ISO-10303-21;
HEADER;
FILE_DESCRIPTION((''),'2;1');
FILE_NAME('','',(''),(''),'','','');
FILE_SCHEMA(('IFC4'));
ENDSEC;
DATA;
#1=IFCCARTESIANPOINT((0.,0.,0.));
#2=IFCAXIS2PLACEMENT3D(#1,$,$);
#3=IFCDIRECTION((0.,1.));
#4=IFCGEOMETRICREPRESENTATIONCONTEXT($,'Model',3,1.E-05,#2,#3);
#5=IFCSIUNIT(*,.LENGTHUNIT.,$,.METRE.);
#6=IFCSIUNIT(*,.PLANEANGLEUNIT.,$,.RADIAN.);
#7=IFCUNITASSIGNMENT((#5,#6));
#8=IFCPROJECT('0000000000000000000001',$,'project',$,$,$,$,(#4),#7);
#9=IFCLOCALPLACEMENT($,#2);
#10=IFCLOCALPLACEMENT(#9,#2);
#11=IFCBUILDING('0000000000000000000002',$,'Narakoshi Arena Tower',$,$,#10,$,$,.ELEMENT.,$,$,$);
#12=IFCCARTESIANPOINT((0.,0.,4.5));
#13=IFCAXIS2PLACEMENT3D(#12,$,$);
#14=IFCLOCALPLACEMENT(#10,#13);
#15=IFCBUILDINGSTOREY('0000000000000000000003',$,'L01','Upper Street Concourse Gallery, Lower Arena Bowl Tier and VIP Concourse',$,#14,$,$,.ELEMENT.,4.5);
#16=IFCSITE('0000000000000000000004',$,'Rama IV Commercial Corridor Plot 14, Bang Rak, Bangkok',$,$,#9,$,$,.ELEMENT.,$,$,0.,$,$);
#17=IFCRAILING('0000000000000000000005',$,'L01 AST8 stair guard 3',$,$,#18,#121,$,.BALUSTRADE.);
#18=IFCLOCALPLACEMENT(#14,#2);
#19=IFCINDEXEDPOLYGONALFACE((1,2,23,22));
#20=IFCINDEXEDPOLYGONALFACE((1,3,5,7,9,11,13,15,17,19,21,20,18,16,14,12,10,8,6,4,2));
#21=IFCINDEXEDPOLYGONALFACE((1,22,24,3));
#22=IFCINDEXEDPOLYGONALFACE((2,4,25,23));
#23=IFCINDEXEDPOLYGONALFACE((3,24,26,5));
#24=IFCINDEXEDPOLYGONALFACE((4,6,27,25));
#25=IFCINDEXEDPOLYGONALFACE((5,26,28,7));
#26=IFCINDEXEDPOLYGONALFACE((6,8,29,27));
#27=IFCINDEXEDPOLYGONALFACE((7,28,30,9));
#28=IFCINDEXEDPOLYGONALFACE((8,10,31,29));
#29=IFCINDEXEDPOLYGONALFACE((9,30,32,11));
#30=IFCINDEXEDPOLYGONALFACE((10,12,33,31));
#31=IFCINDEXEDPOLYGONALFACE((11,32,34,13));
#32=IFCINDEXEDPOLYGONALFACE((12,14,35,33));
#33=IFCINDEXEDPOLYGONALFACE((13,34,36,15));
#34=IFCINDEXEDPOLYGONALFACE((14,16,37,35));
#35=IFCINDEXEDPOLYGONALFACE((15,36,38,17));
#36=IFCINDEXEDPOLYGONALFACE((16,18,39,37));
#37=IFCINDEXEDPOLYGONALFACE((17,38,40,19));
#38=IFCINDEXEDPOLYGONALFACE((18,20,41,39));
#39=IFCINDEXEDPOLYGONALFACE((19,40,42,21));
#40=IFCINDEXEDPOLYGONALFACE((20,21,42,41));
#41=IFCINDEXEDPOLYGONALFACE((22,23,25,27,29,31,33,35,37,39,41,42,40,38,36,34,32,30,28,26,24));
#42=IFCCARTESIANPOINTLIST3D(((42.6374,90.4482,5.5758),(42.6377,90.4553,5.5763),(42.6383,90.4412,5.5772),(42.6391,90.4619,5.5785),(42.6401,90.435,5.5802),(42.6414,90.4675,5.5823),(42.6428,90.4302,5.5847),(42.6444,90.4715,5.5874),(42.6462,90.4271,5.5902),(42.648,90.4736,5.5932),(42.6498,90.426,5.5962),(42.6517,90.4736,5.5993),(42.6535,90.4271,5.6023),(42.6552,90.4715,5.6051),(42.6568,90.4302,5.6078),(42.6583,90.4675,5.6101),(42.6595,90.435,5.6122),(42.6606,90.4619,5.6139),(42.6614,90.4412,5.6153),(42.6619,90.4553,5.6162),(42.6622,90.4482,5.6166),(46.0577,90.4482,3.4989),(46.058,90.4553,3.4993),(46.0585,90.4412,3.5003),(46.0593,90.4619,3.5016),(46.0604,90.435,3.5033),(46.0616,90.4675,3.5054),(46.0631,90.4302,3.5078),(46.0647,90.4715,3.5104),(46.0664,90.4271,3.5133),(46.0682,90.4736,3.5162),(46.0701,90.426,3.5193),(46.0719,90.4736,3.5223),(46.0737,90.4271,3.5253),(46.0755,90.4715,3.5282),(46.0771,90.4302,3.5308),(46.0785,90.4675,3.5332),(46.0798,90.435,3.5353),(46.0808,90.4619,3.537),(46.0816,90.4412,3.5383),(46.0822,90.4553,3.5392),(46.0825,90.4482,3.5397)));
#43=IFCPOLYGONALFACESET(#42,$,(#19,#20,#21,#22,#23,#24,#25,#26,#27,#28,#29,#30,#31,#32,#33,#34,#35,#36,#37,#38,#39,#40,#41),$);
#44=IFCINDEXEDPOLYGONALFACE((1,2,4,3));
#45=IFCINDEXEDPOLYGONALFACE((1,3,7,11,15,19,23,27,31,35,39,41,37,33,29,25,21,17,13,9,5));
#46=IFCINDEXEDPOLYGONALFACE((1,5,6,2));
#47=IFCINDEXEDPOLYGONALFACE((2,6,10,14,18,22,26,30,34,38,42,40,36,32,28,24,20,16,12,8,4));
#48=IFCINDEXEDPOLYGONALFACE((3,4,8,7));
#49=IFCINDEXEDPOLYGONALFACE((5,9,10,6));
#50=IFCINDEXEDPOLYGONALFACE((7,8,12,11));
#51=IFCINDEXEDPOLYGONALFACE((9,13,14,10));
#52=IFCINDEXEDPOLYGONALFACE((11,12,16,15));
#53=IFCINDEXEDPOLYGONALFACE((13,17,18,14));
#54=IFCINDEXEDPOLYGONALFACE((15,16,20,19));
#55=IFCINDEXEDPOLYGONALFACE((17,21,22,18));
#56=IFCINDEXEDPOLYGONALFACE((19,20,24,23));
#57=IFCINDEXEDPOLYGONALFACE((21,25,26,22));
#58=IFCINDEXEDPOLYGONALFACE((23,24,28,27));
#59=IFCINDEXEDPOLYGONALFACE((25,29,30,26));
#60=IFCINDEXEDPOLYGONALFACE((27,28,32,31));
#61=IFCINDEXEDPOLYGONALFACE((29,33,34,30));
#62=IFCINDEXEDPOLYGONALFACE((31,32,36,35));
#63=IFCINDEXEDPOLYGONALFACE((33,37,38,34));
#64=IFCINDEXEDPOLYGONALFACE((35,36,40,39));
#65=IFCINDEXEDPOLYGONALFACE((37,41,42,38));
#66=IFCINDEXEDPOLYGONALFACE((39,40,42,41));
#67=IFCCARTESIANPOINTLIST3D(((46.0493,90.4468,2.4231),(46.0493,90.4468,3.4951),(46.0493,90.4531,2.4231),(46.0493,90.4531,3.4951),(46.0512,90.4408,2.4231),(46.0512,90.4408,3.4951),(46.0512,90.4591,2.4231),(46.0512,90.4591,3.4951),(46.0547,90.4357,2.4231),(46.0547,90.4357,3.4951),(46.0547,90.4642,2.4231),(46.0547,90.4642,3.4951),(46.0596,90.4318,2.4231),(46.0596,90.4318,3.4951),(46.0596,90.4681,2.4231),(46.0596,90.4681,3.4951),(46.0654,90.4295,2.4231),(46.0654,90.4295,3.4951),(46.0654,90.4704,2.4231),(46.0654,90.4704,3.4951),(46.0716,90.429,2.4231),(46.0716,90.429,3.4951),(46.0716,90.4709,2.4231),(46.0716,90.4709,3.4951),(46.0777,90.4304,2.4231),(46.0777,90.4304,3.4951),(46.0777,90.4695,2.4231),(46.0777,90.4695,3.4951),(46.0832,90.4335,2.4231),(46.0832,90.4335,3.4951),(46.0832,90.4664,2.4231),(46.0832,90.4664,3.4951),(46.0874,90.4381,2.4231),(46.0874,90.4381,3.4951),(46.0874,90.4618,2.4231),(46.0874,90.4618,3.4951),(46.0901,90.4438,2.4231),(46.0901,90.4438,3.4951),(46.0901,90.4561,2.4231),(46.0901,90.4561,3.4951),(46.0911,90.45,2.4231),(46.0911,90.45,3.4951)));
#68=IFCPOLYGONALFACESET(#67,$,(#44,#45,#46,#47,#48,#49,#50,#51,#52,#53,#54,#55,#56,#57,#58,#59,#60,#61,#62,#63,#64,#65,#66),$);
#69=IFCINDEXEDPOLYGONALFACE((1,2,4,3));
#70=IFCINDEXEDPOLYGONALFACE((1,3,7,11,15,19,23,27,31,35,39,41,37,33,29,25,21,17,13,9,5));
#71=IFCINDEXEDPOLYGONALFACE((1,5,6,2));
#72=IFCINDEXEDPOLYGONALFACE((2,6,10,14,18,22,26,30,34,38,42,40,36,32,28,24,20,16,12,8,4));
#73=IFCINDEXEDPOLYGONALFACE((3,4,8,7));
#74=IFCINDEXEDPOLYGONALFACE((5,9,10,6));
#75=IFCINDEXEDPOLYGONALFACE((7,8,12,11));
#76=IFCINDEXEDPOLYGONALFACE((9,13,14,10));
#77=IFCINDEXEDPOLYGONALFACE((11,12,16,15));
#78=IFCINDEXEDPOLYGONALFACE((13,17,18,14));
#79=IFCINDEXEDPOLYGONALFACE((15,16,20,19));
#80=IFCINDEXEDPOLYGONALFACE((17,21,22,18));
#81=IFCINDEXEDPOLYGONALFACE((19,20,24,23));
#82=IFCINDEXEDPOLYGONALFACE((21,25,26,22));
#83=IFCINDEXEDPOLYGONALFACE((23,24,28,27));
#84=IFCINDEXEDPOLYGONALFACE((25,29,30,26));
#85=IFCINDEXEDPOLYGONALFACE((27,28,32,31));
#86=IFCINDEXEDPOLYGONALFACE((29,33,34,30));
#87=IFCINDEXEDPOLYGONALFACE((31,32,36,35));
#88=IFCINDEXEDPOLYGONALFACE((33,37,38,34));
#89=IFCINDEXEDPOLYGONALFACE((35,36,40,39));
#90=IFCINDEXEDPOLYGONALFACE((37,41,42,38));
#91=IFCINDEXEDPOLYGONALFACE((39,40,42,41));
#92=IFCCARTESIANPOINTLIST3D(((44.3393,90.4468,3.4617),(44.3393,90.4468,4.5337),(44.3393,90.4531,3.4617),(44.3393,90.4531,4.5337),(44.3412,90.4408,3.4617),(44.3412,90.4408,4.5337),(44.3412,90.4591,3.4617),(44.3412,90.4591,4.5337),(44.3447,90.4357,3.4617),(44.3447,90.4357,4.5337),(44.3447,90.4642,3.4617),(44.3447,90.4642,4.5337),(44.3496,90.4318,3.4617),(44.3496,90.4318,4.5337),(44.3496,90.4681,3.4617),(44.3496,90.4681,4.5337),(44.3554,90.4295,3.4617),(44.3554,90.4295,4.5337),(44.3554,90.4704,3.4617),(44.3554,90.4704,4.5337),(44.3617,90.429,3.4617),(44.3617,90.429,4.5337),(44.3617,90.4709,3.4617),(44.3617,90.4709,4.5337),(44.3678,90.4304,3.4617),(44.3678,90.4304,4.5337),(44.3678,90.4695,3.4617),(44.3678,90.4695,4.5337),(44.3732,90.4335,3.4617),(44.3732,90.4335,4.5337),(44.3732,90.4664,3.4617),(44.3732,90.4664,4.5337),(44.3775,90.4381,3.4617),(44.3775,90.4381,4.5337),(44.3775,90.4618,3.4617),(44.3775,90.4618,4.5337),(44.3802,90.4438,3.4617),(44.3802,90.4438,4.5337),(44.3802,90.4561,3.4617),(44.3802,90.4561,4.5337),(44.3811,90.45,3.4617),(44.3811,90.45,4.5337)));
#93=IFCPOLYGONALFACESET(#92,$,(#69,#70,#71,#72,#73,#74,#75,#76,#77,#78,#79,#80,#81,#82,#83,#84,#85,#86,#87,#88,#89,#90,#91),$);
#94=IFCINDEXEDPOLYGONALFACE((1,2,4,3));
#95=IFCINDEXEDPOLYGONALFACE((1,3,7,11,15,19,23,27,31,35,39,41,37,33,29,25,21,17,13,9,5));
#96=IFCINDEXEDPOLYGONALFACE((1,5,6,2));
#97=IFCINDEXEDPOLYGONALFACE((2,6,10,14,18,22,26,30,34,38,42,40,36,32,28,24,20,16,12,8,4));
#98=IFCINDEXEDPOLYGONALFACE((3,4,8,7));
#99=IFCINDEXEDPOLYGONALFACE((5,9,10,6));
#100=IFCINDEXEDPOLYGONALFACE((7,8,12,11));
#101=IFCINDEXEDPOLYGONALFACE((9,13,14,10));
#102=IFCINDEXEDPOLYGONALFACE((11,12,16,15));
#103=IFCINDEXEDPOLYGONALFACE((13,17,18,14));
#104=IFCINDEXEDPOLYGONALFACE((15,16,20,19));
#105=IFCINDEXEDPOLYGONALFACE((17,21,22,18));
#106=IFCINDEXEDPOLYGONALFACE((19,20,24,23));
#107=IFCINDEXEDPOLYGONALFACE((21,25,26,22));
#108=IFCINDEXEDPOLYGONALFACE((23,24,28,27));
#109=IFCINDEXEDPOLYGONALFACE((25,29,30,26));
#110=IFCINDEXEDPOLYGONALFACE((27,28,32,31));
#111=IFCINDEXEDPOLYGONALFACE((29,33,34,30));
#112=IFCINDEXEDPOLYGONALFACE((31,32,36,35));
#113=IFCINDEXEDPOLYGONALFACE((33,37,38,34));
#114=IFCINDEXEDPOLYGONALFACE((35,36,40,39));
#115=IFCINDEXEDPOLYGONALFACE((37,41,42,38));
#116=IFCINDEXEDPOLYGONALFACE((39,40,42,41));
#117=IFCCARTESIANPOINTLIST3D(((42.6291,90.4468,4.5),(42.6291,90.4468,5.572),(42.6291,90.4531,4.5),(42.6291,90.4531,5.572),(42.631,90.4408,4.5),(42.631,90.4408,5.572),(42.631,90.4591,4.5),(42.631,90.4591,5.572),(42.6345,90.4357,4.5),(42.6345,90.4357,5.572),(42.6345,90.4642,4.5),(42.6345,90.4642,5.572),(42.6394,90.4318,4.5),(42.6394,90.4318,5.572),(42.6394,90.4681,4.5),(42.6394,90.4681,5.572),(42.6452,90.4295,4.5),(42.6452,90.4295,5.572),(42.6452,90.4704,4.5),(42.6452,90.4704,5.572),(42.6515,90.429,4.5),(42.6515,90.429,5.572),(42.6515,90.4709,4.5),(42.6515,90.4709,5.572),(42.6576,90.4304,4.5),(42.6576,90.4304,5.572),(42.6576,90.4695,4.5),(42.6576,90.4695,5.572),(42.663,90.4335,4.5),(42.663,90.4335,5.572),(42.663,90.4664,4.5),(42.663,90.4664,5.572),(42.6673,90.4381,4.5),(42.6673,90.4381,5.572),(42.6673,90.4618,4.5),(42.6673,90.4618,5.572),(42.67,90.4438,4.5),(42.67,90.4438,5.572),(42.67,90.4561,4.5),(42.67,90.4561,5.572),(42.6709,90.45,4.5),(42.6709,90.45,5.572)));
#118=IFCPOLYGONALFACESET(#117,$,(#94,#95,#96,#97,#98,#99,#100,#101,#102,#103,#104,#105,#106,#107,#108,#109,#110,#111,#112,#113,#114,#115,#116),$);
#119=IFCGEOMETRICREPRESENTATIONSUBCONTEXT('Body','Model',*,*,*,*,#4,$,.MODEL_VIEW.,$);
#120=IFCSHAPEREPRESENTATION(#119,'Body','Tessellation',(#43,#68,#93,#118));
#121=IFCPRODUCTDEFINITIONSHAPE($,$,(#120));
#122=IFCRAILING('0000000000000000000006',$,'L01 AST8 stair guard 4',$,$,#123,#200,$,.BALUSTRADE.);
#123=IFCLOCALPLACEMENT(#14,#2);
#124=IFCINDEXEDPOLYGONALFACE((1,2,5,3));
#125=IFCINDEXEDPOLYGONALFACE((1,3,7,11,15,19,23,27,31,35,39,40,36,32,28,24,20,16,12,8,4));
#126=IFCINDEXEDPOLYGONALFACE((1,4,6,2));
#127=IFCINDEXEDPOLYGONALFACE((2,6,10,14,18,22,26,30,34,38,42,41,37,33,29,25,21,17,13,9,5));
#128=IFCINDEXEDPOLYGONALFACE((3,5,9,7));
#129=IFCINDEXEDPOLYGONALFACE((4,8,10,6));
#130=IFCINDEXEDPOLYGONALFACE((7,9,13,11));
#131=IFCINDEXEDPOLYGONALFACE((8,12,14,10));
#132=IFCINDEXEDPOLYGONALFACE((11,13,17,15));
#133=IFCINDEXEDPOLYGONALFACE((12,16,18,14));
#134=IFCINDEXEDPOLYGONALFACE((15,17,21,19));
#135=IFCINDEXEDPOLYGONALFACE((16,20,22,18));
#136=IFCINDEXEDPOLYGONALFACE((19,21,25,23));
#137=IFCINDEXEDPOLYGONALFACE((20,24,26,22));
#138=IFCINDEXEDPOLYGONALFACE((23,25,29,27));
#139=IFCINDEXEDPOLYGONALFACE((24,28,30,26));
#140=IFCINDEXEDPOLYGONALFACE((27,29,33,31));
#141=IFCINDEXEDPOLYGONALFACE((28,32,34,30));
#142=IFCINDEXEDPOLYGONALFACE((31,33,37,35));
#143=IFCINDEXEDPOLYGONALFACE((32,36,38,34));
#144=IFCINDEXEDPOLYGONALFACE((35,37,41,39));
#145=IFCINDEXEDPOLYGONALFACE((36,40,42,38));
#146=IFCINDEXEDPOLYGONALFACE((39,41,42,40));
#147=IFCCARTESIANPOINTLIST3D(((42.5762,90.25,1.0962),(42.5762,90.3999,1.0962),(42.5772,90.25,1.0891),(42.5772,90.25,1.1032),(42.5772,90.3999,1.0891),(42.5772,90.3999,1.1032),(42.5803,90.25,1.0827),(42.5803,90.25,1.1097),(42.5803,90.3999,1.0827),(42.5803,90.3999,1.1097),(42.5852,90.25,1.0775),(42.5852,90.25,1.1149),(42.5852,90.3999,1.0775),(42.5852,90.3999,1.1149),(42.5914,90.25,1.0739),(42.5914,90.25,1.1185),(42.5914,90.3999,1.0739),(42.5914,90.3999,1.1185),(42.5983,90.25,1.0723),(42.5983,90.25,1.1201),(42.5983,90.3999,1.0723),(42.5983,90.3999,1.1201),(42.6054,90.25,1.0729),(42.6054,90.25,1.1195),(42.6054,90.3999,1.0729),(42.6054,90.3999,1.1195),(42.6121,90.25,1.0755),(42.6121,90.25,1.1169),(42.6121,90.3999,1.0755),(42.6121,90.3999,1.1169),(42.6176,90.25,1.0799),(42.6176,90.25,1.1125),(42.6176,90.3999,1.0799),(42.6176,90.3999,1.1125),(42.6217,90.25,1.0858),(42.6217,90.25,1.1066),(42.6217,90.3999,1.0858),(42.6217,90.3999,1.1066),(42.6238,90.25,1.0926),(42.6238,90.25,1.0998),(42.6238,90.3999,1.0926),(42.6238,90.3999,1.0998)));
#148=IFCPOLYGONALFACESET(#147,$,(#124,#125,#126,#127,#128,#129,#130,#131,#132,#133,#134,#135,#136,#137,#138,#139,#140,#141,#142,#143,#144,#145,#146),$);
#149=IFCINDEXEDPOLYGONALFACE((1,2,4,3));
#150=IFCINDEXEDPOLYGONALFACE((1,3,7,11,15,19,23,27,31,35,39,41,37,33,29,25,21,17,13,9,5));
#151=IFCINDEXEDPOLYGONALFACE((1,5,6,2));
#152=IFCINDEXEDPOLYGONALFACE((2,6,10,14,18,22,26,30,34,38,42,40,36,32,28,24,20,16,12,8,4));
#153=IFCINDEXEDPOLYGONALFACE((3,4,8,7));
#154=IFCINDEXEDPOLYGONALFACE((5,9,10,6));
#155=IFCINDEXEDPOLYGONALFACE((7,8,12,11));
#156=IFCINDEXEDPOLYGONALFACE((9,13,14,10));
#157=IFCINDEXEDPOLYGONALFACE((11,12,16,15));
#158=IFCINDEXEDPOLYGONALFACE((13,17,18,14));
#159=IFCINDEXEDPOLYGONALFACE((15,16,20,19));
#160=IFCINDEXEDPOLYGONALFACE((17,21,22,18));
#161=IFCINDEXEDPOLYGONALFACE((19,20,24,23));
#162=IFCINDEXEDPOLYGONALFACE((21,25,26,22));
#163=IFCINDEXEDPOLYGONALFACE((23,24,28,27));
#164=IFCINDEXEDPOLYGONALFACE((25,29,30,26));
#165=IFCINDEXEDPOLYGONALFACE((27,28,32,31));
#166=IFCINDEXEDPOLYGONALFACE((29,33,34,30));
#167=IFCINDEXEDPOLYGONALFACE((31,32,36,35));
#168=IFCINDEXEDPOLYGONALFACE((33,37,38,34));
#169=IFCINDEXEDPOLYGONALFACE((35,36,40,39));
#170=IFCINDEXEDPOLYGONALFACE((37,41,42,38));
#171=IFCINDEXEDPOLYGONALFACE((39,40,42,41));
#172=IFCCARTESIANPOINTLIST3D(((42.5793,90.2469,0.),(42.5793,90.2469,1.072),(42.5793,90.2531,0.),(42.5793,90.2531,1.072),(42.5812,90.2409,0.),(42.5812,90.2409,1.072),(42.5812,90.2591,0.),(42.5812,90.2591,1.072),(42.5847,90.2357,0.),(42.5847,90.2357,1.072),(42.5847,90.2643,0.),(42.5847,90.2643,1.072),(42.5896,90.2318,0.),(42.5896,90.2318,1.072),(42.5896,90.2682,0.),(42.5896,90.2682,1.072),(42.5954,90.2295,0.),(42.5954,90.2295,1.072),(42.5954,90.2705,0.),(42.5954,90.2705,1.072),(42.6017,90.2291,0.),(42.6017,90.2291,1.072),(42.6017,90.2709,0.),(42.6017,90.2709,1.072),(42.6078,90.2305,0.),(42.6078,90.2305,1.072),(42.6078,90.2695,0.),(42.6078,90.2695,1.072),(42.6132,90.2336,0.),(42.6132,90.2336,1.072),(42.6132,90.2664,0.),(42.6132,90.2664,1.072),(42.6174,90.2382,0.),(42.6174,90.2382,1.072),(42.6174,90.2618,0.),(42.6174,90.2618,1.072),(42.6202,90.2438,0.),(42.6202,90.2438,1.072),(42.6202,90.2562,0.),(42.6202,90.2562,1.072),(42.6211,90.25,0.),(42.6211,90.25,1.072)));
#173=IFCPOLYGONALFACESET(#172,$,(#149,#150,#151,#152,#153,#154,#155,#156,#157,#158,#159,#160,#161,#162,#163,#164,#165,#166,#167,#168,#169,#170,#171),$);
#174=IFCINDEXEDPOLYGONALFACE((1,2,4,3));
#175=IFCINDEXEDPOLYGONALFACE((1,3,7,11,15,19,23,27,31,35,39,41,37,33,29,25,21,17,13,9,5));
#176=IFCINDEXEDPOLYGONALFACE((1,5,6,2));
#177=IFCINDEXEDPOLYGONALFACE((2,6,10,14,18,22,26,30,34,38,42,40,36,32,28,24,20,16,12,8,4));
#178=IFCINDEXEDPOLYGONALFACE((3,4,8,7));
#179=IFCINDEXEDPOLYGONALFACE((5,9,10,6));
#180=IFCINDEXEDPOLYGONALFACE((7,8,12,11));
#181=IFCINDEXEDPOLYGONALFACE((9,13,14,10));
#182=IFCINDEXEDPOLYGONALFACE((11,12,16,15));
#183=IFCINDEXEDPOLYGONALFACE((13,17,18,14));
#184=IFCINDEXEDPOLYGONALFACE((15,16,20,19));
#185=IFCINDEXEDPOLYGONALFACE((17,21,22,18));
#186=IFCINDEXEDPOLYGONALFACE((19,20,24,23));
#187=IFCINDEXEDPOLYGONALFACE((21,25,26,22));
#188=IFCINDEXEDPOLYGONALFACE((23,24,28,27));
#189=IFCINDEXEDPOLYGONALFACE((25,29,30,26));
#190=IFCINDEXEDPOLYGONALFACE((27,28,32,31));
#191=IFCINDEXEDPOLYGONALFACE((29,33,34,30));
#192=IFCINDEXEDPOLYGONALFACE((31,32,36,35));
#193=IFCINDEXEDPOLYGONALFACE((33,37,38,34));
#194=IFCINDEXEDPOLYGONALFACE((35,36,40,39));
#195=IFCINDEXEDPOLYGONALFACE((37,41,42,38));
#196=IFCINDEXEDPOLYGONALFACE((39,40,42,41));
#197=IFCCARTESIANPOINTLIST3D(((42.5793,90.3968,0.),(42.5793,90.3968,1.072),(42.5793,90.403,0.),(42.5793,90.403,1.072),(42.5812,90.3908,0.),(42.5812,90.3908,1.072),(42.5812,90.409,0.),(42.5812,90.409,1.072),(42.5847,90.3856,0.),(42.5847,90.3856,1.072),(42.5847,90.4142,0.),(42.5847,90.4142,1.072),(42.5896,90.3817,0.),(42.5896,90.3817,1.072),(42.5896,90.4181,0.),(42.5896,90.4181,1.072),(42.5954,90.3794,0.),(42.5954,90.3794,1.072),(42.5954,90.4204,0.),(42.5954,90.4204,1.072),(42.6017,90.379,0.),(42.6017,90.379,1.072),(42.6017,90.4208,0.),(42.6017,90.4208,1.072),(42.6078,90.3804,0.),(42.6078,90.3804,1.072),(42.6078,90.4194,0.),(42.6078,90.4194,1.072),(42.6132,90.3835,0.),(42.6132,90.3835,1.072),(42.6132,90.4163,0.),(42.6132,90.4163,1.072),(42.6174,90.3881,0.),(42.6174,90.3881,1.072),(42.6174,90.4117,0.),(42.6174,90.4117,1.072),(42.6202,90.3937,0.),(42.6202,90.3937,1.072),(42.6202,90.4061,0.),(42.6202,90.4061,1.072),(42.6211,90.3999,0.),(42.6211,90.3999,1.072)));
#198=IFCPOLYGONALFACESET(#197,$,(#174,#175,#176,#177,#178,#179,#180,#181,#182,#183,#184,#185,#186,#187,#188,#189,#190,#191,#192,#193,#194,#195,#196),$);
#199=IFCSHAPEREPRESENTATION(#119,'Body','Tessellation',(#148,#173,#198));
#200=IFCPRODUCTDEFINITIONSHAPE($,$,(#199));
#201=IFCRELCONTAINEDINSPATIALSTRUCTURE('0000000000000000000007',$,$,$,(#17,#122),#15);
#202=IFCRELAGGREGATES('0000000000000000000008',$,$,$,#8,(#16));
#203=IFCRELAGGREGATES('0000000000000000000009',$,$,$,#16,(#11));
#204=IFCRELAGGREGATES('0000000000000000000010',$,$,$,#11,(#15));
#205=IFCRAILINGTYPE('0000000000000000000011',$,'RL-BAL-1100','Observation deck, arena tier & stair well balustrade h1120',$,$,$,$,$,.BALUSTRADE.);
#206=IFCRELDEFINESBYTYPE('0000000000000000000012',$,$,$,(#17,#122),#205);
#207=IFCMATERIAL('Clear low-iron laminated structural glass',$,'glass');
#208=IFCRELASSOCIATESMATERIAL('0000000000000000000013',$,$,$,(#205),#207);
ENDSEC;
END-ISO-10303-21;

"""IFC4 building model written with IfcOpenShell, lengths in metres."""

from ifc_helpers import new_model, si_unit, direction, frame, origin, origin_2d, place, context, subcontext, project, spatial, circle, extrude, material, type_object, element, save


model = new_model("IFC4")

# Units and contexts
model_context = context("Model", 3, precision=1e-05, world=origin(), true_north=direction((0.0, 1.0)))
body_context = subcontext(model_context, "Body", "Model", "MODEL_VIEW")
ifc_project = project(units=[si_unit("LENGTHUNIT", "METRE"), si_unit("PLANEANGLEUNIT", "RADIAN")], contexts=[model_context])

# Site, building, storey
site_placement = place(None, origin())
site = spatial("IfcSite", under=ifc_project, at=site_placement, Name="Rama IV Commercial Corridor Plot 14, Bang Rak, Bangkok", CompositionType="ELEMENT", RefElevation=0.0)
building_placement = place(site_placement, origin())
building = spatial("IfcBuilding", under=site, at=building_placement, Name="Narakoshi Arena Tower", CompositionType="ELEMENT")
storey_placement = place(building_placement, frame((0.0, 0.0, 4.5)))
storey = spatial("IfcBuildingStorey", under=building, at=storey_placement, Name="L01", Description="Upper Street Concourse Gallery, Lower Arena Bowl Tier and VIP Concourse", CompositionType="ELEMENT", Elevation=4.5)

# Railings
ifc_material_1 = material(Name="Clear low-iron laminated structural glass", Category="glass")
railing_type_1 = type_object("IfcRailingType", Name="RL-BAL-1100", Description="Observation deck, arena tier & stair well balustrade h1120", PredefinedType="BALUSTRADE", material=ifc_material_1)
railing_1_placement = place(storey_placement, frame((46.0701, 90.45, 2.4231)))
element("IfcRailing", 1, at=railing_1_placement, inside=storey, type_object=railing_type_1, Name="L01 AST8 stair guard 3", PredefinedType="BALUSTRADE", context=body_context, shape_type="SweptSolid", body=[
    extrude(circle(Radius=0.0239, at=origin_2d()), frame((0.0, 0.0, 1.0962), z_axis=(-0.854746, 0.0, 0.519047), x_axis=(0.0, -1.0, 0.0)), (0.0, 0.0, 1.0), 4.0015),
    extrude(circle(Radius=0.021, at=origin_2d()), origin(), (0.0, 0.0, 1.0), 1.072),
    extrude(circle(Radius=0.021, at=origin_2d()), frame((-1.71, 0.0, 1.0386)), (0.0, 0.0, 1.0), 1.072),
    extrude(circle(Radius=0.021, at=origin_2d()), frame((-3.4202, 0.0, 2.0769)), (0.0, 0.0, 1.0), 1.072),
])
railing_2_placement = place(storey_placement, frame((42.6001, 90.25, 0.0)))
element("IfcRailing", 2, at=railing_2_placement, inside=storey, type_object=railing_type_1, Name="L01 AST8 stair guard 4", PredefinedType="BALUSTRADE", context=body_context, shape_type="SweptSolid", body=[
    extrude(circle(Radius=0.0239, at=origin_2d()), frame((0.0, 0.0, 1.0962), z_axis=(0.0, 1.0, 0.0), x_axis=(-1.0, 0.0, 0.0)), (0.0, 0.0, 1.0), 0.1499),
    extrude(circle(Radius=0.021, at=origin_2d()), origin(), (0.0, 0.0, 1.0), 1.072),
    extrude(circle(Radius=0.021, at=origin_2d()), frame((0.0, 0.1499, 0.0)), (0.0, 0.0, 1.0), 1.072),
])

save(model, "model.ifc")
